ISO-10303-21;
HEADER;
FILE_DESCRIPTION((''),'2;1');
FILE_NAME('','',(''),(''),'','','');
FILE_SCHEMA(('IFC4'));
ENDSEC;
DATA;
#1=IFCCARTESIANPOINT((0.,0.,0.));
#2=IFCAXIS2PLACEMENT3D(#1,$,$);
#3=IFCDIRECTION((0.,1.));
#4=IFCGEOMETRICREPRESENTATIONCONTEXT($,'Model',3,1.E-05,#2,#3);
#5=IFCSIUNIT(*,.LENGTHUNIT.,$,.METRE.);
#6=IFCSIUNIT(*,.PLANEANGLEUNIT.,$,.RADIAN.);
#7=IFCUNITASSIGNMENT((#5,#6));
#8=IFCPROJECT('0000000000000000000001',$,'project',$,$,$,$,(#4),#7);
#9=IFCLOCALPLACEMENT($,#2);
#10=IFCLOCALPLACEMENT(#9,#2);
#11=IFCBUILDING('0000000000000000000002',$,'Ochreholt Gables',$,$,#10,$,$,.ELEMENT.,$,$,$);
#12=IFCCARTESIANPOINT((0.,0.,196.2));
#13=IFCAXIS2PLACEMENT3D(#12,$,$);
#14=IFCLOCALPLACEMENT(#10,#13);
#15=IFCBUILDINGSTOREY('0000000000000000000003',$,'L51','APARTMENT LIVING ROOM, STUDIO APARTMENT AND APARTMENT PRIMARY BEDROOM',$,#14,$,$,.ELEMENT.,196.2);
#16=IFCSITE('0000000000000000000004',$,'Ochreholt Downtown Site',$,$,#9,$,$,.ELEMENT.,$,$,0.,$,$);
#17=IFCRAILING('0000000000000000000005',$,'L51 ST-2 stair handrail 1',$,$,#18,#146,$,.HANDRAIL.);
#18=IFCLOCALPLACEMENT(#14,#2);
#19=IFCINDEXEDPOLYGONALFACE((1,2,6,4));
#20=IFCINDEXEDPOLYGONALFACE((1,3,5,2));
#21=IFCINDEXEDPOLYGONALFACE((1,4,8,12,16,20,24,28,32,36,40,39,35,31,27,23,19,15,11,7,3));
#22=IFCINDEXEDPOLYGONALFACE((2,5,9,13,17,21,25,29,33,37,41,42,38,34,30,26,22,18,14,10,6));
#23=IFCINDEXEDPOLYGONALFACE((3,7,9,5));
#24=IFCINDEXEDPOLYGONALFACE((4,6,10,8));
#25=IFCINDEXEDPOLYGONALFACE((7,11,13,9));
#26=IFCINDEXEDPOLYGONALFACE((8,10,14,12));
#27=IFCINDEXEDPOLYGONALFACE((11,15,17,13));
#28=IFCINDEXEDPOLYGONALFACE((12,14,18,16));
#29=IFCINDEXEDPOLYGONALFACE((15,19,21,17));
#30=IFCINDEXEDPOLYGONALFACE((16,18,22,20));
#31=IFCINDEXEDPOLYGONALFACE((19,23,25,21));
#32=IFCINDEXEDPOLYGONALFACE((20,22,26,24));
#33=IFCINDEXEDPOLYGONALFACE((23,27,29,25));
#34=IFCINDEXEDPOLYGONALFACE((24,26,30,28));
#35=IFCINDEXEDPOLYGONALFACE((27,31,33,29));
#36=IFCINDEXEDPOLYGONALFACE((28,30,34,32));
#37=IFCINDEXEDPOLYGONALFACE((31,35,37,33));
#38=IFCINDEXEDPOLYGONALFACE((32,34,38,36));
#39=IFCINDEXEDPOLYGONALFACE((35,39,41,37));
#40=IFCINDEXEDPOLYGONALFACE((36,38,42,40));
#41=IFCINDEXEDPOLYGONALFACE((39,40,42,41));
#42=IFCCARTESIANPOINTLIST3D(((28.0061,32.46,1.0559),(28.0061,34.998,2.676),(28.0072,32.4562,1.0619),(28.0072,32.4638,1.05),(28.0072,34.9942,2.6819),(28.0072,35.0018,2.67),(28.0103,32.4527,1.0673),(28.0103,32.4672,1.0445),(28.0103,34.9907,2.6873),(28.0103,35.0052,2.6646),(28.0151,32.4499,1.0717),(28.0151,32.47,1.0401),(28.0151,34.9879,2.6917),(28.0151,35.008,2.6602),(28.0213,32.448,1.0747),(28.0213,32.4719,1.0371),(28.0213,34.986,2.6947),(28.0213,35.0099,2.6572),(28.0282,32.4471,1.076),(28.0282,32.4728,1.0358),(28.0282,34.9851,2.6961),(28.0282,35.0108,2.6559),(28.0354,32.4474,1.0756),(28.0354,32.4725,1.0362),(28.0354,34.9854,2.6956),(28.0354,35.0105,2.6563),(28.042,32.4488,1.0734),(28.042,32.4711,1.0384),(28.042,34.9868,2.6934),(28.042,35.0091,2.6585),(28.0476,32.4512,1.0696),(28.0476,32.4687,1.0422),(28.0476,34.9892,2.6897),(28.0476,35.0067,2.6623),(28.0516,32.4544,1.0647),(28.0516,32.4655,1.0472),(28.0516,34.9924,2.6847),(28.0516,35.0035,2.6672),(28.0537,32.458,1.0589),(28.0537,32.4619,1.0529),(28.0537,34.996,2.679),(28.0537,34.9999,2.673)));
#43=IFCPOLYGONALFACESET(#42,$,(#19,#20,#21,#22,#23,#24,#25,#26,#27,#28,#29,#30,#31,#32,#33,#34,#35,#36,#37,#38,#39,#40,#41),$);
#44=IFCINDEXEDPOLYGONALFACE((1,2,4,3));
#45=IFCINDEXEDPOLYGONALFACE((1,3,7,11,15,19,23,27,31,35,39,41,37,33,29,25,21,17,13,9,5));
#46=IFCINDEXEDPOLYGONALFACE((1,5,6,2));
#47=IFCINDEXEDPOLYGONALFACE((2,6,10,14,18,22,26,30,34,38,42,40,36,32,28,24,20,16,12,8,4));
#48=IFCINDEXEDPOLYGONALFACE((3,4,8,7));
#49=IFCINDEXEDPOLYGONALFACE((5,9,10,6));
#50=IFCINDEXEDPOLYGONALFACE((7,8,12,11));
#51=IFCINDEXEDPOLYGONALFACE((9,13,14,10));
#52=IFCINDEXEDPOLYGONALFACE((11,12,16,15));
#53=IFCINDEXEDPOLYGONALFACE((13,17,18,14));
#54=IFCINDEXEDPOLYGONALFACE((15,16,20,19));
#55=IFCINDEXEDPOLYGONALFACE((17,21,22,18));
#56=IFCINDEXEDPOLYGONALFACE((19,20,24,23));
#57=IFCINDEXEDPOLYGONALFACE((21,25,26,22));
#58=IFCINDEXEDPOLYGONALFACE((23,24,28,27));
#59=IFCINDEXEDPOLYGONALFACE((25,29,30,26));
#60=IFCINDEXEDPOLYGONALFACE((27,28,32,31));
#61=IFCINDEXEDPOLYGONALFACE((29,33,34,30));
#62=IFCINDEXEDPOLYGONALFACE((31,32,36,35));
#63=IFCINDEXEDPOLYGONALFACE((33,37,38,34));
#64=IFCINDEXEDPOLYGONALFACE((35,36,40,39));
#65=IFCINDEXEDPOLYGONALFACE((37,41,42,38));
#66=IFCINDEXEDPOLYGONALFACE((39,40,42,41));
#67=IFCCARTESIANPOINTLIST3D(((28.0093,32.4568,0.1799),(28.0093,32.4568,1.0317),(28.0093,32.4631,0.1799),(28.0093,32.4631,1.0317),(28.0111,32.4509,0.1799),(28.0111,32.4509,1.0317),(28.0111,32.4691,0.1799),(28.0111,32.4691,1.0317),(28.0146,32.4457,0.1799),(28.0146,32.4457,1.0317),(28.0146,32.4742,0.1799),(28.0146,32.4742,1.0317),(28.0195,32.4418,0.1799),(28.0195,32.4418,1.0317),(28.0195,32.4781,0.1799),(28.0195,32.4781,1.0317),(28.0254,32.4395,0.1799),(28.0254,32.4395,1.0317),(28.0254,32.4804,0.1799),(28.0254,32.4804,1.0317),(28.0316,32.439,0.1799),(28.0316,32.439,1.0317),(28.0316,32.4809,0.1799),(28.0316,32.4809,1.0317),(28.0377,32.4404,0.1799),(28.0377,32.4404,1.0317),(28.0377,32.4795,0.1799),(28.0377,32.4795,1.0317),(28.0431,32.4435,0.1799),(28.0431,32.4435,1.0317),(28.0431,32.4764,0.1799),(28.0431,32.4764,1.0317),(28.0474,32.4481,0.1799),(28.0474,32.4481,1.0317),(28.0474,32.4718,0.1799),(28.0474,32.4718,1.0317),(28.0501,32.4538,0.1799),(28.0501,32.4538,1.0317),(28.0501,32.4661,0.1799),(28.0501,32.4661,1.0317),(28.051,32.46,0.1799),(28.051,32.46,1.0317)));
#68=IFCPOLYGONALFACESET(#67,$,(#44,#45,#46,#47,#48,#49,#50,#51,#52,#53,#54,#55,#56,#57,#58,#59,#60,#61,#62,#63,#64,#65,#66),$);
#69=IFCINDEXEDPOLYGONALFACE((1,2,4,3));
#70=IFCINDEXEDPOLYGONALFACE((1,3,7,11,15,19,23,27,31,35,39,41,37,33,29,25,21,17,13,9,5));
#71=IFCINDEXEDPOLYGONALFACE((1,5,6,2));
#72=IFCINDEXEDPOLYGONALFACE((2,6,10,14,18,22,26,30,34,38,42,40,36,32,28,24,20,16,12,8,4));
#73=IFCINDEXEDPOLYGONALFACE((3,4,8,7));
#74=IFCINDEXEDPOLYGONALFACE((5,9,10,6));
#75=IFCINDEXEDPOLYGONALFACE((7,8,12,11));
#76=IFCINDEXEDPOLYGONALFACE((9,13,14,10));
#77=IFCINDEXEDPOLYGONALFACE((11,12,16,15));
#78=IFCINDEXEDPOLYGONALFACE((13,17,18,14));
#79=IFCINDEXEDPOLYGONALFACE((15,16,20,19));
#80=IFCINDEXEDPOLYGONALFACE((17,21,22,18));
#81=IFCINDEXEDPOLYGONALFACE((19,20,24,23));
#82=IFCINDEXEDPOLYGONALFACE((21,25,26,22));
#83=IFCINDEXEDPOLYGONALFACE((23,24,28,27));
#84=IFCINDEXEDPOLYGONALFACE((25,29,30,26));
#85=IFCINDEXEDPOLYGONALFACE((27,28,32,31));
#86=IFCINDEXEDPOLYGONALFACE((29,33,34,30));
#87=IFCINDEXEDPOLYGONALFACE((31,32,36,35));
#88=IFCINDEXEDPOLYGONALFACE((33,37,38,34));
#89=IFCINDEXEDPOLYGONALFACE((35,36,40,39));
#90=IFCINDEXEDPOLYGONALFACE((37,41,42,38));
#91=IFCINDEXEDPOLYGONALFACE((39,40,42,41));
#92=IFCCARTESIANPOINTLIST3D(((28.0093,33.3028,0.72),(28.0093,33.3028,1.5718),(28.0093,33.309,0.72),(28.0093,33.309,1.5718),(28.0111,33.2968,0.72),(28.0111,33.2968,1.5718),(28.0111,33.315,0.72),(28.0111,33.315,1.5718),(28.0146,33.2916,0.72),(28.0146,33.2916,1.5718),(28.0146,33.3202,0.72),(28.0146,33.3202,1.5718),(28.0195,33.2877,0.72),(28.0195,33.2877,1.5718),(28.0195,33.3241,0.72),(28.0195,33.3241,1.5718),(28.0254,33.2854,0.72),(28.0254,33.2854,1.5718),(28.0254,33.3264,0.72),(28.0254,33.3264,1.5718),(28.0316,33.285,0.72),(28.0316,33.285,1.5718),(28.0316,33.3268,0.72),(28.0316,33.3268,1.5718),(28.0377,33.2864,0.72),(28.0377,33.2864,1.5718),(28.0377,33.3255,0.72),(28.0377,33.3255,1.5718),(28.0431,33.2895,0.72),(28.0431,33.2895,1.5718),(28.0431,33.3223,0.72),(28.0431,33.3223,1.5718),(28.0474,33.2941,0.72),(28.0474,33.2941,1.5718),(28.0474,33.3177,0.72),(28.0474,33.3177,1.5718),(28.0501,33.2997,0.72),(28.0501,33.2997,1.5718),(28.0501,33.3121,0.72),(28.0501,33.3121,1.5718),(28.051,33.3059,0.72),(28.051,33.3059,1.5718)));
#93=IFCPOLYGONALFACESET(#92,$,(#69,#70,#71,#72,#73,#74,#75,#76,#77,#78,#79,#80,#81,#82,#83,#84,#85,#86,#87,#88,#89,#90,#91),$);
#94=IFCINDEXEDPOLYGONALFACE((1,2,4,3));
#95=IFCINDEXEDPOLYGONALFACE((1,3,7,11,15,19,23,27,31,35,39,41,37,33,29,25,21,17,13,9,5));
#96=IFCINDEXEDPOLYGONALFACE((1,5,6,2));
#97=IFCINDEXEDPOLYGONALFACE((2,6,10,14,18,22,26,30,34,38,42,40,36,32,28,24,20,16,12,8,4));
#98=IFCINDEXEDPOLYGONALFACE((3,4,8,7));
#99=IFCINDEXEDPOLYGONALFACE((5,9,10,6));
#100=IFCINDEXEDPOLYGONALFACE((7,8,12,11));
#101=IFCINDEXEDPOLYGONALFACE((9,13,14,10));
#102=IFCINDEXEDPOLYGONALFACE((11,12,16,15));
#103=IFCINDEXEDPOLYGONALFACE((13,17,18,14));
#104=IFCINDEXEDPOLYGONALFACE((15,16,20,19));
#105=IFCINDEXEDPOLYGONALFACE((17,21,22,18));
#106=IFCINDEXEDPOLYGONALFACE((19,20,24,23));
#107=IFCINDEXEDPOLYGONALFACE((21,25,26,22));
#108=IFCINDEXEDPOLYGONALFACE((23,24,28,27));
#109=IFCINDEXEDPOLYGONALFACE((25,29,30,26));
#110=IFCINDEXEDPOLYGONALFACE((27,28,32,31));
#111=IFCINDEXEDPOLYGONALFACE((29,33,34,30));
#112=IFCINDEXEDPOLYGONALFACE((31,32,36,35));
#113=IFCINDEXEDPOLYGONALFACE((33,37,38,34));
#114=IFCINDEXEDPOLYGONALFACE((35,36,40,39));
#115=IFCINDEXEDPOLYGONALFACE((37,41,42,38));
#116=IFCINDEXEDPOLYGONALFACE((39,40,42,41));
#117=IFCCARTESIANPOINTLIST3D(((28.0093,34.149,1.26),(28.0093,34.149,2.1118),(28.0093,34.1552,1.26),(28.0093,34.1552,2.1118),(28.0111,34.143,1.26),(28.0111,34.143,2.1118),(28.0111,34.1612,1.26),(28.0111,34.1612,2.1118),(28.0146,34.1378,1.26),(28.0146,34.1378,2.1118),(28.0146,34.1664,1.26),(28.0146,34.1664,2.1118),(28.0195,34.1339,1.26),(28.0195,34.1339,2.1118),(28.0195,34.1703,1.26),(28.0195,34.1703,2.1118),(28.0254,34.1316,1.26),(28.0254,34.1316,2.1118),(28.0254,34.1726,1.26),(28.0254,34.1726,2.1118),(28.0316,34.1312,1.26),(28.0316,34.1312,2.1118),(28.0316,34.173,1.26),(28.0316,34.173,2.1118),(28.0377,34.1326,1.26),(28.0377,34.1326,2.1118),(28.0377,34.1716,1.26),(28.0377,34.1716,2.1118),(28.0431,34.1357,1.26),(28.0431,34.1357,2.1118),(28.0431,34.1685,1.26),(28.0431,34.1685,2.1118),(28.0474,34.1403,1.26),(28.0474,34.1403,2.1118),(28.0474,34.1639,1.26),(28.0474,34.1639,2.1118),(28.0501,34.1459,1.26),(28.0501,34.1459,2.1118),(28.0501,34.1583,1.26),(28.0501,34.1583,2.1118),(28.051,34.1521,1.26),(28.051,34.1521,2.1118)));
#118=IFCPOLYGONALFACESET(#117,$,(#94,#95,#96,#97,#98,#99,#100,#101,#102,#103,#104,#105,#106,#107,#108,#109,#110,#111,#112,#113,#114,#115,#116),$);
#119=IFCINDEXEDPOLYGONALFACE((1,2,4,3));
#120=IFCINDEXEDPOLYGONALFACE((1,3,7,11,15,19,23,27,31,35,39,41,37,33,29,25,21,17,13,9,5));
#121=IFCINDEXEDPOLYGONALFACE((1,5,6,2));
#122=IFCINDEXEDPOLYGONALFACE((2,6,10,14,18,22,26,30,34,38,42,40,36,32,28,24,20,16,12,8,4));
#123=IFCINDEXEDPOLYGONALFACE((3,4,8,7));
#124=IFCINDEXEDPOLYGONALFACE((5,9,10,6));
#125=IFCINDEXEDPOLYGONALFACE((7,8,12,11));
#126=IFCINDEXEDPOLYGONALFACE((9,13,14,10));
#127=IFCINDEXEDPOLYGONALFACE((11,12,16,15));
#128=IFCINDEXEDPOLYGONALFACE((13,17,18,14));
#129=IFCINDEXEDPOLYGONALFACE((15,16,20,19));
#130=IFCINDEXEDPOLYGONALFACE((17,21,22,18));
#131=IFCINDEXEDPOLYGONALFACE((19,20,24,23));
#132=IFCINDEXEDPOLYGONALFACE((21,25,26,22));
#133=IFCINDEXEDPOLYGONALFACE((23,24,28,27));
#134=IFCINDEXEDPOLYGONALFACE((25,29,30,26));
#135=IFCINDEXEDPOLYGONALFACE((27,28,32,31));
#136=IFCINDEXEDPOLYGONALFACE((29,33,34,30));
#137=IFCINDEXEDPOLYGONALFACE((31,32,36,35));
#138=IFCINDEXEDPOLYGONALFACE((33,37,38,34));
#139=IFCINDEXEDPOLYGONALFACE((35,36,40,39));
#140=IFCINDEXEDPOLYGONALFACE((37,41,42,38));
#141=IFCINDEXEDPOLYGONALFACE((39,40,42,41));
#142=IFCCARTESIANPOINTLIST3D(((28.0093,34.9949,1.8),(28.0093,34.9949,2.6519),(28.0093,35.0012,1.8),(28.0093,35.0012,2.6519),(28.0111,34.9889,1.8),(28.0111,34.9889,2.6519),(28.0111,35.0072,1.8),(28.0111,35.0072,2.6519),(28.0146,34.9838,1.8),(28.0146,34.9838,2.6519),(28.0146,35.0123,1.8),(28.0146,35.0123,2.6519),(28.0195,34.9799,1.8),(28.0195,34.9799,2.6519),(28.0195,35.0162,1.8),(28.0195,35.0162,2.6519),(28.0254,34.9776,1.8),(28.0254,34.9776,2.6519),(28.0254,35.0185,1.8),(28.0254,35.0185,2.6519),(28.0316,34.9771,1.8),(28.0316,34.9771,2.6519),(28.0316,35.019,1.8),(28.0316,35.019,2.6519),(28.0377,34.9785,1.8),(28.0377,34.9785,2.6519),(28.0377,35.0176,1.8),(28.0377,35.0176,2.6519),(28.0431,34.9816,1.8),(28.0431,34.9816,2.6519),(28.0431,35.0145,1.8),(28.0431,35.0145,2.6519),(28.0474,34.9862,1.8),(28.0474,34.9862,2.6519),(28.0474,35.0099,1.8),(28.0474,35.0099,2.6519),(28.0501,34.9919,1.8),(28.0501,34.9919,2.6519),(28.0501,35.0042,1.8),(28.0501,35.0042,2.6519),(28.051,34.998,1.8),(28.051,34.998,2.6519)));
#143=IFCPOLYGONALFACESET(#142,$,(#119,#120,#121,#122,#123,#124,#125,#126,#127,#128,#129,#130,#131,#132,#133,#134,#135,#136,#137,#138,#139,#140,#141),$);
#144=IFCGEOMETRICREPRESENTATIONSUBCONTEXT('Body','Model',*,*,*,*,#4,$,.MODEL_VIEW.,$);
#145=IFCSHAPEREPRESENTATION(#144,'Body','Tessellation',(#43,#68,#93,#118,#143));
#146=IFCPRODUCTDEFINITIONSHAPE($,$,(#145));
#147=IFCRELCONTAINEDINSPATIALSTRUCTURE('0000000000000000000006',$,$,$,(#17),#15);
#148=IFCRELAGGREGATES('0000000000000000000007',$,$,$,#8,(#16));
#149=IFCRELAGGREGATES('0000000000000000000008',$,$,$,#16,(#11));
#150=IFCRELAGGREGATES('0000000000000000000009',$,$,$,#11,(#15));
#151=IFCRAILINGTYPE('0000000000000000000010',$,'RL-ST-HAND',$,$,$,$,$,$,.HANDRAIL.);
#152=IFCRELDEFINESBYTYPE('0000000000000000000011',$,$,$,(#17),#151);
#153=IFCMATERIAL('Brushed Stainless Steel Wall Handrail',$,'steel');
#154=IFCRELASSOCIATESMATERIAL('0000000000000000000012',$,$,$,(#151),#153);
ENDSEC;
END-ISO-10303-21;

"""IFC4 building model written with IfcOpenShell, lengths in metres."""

from ifc_helpers import new_model, si_unit, direction, frame, origin, origin_2d, place, context, subcontext, project, spatial, circle, extrude, material, type_object, element, save


model = new_model("IFC4")

# Units and contexts
model_context = context("Model", 3, precision=1e-05, world=origin(), true_north=direction((0.0, 1.0)))
body_context = subcontext(model_context, "Body", "Model", "MODEL_VIEW")
ifc_project = project(units=[si_unit("LENGTHUNIT", "METRE"), si_unit("PLANEANGLEUNIT", "RADIAN")], contexts=[model_context])

# Site, building, storey
site_placement = place(None, origin())
site = spatial("IfcSite", under=ifc_project, at=site_placement, Name="Ochreholt Downtown Site", CompositionType="ELEMENT", RefElevation=0.0)
building_placement = place(site_placement, origin())
building = spatial("IfcBuilding", under=site, at=building_placement, Name="Ochreholt Gables", CompositionType="ELEMENT")
storey_placement = place(building_placement, frame((0.0, 0.0, 196.2)))
storey = spatial("IfcBuildingStorey", under=building, at=storey_placement, Name="L51", Description="APARTMENT LIVING ROOM, STUDIO APARTMENT AND APARTMENT PRIMARY BEDROOM", CompositionType="ELEMENT", Elevation=196.2)

# Railing
ifc_material_1 = material(Name="Brushed Stainless Steel Wall Handrail", Category="steel")
railing_type_1 = type_object("IfcRailingType", Name="RL-ST-HAND", PredefinedType="HANDRAIL", material=ifc_material_1)
railing_1_placement = place(storey_placement, frame((28.03, 32.46, 0.1799)))
element("IfcRailing", 1, at=railing_1_placement, inside=storey, type_object=railing_type_1, Name="L51 ST-2 stair handrail 1", PredefinedType="HANDRAIL", context=body_context, shape_type="SweptSolid", body=[
    extrude(circle(Radius=0.0239, at=origin_2d()), frame((0.0, 0.0, 0.876), z_axis=(0.0, 0.842913, 0.53805), x_axis=(-1.0, 0.0, 0.0)), (0.0, 0.0, 1.0), 3.011),
    extrude(circle(Radius=0.021, at=origin_2d()), origin(), (0.0, 0.0, 1.0), 0.8518),
    extrude(circle(Radius=0.021, at=origin_2d()), frame((0.0, 0.8459, 0.54)), (0.0, 0.0, 1.0), 0.8518),
    extrude(circle(Radius=0.021, at=origin_2d()), frame((0.0, 1.6921, 1.0801)), (0.0, 0.0, 1.0), 0.8518),
    extrude(circle(Radius=0.021, at=origin_2d()), frame((0.0, 2.5381, 1.6201)), (0.0, 0.0, 1.0), 0.8518),
])

save(model, "model.ifc")
